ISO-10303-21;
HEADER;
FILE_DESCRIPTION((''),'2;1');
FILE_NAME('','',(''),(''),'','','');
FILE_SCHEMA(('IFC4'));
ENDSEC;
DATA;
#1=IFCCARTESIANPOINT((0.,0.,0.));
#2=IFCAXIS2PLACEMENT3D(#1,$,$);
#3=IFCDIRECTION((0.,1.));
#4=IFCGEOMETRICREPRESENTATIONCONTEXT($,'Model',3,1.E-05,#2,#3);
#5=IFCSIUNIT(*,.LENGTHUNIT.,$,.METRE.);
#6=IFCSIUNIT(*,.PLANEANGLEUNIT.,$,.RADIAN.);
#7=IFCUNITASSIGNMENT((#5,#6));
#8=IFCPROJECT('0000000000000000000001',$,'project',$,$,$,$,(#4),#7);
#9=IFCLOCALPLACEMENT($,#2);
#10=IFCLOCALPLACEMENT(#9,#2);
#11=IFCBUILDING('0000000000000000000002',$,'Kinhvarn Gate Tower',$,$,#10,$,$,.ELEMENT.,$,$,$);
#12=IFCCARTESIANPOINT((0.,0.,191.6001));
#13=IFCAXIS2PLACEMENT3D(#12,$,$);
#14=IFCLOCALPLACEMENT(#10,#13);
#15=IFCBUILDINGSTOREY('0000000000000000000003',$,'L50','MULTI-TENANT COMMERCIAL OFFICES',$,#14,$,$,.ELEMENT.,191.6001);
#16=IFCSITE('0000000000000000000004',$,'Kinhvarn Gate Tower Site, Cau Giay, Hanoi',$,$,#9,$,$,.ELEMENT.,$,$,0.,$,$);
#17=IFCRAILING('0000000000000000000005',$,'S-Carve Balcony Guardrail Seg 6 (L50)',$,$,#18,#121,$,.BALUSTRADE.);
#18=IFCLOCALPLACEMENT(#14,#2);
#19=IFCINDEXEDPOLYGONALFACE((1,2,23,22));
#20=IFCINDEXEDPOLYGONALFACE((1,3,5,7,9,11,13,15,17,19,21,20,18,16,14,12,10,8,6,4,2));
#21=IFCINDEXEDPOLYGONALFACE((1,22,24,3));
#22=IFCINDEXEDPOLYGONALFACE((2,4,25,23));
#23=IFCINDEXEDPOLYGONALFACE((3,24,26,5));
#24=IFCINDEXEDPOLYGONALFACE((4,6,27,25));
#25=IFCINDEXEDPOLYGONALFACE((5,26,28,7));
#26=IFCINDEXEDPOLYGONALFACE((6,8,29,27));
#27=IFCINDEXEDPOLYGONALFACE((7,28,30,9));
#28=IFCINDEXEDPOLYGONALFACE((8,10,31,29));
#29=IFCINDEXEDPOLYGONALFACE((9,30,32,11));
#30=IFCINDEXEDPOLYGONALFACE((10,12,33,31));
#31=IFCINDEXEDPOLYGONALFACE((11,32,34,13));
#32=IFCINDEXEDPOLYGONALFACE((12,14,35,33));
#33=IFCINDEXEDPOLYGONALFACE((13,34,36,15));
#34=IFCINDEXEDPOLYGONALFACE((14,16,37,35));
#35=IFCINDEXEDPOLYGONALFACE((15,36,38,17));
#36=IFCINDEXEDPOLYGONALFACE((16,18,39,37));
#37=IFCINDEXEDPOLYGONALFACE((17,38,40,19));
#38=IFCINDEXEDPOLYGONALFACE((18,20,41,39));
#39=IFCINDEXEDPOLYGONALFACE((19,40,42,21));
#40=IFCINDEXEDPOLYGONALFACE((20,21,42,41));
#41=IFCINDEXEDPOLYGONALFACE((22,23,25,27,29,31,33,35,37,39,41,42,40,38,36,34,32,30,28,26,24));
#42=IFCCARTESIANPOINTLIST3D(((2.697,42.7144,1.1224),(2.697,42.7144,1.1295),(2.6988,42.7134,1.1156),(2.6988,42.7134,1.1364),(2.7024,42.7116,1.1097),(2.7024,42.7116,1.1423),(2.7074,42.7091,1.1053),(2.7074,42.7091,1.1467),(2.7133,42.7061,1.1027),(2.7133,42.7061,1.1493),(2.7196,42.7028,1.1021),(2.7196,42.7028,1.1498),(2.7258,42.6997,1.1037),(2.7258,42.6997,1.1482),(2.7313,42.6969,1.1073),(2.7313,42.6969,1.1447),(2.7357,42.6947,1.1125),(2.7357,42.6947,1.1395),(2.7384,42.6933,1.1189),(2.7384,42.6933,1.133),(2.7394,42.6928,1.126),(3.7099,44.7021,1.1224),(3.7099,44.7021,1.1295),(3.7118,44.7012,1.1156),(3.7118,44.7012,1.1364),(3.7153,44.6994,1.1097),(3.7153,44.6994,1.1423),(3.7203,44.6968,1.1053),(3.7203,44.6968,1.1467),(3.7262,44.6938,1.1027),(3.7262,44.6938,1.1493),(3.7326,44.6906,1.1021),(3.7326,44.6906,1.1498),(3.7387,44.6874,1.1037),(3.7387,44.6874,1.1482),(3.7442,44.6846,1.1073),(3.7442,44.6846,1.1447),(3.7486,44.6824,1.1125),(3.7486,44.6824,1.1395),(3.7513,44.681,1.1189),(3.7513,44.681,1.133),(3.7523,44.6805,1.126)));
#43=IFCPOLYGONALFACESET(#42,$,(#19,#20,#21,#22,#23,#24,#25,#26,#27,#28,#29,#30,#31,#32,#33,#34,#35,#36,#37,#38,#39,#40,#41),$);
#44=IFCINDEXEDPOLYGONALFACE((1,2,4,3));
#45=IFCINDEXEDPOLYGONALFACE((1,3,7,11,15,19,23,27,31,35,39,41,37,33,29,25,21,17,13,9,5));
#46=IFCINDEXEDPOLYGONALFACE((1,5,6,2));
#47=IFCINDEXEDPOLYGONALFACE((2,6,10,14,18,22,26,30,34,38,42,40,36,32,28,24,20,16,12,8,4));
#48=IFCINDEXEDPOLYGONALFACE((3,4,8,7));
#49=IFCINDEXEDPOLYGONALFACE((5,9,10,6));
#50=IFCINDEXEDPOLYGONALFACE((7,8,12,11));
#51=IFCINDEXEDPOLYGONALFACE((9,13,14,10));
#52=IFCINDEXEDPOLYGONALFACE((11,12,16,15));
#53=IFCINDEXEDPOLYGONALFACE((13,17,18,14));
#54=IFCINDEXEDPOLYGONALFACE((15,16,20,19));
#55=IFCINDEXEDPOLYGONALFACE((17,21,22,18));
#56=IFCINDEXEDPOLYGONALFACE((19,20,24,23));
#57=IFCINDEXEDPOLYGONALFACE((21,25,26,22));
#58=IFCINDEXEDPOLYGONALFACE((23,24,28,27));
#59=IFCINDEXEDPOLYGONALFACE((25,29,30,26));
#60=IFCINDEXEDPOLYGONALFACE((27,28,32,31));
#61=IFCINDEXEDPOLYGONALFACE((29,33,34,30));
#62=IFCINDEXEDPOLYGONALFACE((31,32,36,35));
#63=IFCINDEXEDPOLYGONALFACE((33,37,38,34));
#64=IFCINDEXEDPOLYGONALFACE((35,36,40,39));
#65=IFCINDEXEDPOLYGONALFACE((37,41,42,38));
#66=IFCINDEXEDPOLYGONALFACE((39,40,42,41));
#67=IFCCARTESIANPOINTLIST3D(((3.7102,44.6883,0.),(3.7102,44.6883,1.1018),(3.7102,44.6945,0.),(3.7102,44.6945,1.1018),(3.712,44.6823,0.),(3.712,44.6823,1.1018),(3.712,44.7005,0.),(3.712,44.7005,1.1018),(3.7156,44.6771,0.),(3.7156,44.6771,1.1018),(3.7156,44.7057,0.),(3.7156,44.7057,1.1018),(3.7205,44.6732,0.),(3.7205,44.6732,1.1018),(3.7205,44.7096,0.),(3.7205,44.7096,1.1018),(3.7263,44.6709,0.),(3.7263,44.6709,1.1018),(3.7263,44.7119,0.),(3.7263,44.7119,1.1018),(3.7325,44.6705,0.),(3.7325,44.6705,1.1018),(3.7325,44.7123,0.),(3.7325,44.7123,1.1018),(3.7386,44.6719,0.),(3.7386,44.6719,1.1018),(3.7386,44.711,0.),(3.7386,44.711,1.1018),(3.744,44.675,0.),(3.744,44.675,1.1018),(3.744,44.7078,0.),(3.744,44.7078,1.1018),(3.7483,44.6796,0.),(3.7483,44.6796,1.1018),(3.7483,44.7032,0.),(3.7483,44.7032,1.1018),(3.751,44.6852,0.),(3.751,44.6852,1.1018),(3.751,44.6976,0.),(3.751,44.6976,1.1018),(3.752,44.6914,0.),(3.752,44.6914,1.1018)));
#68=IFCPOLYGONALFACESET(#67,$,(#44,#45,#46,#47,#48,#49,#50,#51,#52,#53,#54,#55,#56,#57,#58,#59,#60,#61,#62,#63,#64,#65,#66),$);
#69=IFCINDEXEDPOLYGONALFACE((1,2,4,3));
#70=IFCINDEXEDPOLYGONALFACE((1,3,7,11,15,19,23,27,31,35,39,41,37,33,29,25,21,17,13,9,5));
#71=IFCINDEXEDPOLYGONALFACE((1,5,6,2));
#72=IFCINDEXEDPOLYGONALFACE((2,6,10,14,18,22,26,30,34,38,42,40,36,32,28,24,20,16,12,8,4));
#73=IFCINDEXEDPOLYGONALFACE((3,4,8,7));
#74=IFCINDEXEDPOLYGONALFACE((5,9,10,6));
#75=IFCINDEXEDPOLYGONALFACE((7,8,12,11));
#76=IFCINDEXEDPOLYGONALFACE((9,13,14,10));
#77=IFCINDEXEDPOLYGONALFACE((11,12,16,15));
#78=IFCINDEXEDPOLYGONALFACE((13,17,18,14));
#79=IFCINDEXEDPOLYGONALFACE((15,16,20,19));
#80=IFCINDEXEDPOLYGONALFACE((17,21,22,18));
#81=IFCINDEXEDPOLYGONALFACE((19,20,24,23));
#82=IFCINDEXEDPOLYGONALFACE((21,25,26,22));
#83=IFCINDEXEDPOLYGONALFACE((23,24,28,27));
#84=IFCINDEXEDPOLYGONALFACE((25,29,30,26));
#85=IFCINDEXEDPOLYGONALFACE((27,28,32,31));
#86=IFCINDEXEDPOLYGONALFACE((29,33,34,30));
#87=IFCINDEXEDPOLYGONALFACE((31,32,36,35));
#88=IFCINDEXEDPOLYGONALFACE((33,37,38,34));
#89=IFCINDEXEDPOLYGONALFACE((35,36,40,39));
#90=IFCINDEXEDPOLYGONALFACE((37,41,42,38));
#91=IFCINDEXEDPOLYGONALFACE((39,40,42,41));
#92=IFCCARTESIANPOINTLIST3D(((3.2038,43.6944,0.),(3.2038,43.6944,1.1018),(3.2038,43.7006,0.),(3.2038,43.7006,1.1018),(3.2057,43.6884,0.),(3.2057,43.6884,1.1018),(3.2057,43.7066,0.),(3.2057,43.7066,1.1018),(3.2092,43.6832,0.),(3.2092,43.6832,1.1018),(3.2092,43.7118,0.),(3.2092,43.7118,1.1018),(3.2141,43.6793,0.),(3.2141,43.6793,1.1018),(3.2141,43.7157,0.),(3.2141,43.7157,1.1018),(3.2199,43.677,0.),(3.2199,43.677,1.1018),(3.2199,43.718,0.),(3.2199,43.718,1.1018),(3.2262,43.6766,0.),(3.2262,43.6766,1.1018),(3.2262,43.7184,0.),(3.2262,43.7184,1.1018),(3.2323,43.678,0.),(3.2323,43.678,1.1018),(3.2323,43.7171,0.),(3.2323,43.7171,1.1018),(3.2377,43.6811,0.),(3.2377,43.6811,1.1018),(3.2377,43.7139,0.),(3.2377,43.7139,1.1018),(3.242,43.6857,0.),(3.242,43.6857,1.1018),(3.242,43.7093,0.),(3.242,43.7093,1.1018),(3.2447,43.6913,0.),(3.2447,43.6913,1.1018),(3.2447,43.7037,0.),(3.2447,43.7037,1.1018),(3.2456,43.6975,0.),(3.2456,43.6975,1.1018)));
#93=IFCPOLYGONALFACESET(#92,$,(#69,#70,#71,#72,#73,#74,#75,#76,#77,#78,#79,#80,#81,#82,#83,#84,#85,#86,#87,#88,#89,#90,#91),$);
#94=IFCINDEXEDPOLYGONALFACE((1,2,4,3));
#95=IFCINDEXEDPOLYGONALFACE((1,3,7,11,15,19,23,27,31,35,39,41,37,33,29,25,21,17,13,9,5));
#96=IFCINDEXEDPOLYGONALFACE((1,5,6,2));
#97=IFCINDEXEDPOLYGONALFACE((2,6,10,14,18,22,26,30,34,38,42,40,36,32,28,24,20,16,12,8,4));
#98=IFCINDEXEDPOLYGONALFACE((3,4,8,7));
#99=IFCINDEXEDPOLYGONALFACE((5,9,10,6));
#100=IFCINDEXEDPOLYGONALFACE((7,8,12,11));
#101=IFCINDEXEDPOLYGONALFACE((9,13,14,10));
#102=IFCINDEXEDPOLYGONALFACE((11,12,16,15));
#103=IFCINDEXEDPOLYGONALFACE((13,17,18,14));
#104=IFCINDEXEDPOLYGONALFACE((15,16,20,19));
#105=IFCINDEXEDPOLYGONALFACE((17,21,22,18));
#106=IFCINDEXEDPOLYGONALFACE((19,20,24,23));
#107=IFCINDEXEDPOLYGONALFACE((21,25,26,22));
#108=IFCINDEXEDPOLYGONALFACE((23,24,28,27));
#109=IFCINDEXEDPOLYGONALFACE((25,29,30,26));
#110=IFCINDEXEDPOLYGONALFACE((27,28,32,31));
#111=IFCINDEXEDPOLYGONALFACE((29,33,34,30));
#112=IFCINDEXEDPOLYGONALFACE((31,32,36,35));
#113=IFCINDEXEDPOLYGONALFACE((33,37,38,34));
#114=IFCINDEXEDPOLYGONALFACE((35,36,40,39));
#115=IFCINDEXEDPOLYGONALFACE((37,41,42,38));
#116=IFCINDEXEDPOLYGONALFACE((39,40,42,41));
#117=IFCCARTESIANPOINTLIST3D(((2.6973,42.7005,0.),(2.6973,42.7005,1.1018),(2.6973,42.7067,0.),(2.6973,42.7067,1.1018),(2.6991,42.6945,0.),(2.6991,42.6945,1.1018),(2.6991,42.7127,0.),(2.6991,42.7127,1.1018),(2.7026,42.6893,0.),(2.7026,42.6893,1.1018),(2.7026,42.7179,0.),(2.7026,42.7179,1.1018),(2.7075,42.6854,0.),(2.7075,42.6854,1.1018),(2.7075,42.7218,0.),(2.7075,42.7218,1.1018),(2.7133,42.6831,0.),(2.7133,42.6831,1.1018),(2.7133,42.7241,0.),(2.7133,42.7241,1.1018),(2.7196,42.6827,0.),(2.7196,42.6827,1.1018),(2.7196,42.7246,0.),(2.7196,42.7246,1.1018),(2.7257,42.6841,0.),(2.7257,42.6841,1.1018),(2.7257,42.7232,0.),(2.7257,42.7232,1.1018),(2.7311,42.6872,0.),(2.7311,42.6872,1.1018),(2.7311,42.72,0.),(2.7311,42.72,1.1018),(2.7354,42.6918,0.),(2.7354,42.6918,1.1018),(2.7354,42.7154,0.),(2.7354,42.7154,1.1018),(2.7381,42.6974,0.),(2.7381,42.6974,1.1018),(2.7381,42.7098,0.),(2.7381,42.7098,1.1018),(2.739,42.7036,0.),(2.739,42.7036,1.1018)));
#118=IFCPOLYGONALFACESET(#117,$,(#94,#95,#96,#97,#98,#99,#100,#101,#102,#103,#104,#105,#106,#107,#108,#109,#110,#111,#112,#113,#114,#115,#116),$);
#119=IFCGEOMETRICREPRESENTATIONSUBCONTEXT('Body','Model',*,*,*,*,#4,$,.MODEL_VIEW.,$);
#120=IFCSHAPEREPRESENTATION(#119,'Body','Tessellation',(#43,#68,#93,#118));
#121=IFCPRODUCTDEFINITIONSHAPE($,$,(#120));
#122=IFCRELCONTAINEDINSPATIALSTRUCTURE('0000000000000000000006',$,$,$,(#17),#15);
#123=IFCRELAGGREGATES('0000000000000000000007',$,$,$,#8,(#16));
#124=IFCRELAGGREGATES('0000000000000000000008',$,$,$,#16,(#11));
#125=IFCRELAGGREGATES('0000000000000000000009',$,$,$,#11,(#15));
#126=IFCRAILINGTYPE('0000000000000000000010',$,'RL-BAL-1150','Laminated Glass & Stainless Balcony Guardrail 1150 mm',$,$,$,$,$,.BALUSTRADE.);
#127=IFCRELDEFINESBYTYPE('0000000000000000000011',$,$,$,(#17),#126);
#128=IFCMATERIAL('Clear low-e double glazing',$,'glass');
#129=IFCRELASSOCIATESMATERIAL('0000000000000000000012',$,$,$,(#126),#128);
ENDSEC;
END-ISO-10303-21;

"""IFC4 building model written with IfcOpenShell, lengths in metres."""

from ifc_helpers import new_model, si_unit, direction, frame, origin, origin_2d, place, context, subcontext, project, spatial, circle, extrude, material, type_object, element, save


model = new_model("IFC4")

# Units and contexts
model_context = context("Model", 3, precision=1e-05, world=origin(), true_north=direction((0.0, 1.0)))
body_context = subcontext(model_context, "Body", "Model", "MODEL_VIEW")
ifc_project = project(units=[si_unit("LENGTHUNIT", "METRE"), si_unit("PLANEANGLEUNIT", "RADIAN")], contexts=[model_context])

# Site, building, storey
site_placement = place(None, origin())
site = spatial("IfcSite", under=ifc_project, at=site_placement, Name="Kinhvarn Gate Tower Site, Cau Giay, Hanoi", CompositionType="ELEMENT", RefElevation=0.0)
building_placement = place(site_placement, origin())
building = spatial("IfcBuilding", under=site, at=building_placement, Name="Kinhvarn Gate Tower", CompositionType="ELEMENT")
storey_placement = place(building_placement, frame((0.0, 0.0, 191.6001)))
storey = spatial("IfcBuildingStorey", under=building, at=storey_placement, Name="L50", Description="MULTI-TENANT COMMERCIAL OFFICES", CompositionType="ELEMENT", Elevation=191.6001)

# Shared definitions
ifc_material_1 = material(Name="Clear low-e double glazing", Category="glass")

# Railing
railing_type = type_object("IfcRailingType", Name="RL-BAL-1150", Description="Laminated Glass & Stainless Balcony Guardrail 1150 mm", PredefinedType="BALUSTRADE", material=ifc_material_1)
railing_1_placement = place(storey_placement, frame((3.731, 44.6914, 0.0)))
element("IfcRailing", 1, at=railing_1_placement, inside=storey, type_object=railing_type, Name="S-Carve Balcony Guardrail Seg 6 (L50)", PredefinedType="BALUSTRADE", context=body_context, shape_type="SweptSolid", body=[
    extrude(circle(Radius=0.0239, at=origin_2d()), frame((0.0, 0.0, 1.126), z_axis=(-0.454029, -0.890987, 0.0), x_axis=(0.890987, -0.454029, 0.0)), (0.0, 0.0, 1.0), 2.231),
    extrude(circle(Radius=0.021, at=origin_2d()), origin(), (0.0, 0.0, 1.0), 1.1018),
    extrude(circle(Radius=0.021, at=origin_2d()), frame((-0.5063, -0.9939, 0.0)), (0.0, 0.0, 1.0), 1.1018),
    extrude(circle(Radius=0.021, at=origin_2d()), frame((-1.0129, -1.9878, 0.0)), (0.0, 0.0, 1.0), 1.1018),
])

save(model, "model.ifc")
